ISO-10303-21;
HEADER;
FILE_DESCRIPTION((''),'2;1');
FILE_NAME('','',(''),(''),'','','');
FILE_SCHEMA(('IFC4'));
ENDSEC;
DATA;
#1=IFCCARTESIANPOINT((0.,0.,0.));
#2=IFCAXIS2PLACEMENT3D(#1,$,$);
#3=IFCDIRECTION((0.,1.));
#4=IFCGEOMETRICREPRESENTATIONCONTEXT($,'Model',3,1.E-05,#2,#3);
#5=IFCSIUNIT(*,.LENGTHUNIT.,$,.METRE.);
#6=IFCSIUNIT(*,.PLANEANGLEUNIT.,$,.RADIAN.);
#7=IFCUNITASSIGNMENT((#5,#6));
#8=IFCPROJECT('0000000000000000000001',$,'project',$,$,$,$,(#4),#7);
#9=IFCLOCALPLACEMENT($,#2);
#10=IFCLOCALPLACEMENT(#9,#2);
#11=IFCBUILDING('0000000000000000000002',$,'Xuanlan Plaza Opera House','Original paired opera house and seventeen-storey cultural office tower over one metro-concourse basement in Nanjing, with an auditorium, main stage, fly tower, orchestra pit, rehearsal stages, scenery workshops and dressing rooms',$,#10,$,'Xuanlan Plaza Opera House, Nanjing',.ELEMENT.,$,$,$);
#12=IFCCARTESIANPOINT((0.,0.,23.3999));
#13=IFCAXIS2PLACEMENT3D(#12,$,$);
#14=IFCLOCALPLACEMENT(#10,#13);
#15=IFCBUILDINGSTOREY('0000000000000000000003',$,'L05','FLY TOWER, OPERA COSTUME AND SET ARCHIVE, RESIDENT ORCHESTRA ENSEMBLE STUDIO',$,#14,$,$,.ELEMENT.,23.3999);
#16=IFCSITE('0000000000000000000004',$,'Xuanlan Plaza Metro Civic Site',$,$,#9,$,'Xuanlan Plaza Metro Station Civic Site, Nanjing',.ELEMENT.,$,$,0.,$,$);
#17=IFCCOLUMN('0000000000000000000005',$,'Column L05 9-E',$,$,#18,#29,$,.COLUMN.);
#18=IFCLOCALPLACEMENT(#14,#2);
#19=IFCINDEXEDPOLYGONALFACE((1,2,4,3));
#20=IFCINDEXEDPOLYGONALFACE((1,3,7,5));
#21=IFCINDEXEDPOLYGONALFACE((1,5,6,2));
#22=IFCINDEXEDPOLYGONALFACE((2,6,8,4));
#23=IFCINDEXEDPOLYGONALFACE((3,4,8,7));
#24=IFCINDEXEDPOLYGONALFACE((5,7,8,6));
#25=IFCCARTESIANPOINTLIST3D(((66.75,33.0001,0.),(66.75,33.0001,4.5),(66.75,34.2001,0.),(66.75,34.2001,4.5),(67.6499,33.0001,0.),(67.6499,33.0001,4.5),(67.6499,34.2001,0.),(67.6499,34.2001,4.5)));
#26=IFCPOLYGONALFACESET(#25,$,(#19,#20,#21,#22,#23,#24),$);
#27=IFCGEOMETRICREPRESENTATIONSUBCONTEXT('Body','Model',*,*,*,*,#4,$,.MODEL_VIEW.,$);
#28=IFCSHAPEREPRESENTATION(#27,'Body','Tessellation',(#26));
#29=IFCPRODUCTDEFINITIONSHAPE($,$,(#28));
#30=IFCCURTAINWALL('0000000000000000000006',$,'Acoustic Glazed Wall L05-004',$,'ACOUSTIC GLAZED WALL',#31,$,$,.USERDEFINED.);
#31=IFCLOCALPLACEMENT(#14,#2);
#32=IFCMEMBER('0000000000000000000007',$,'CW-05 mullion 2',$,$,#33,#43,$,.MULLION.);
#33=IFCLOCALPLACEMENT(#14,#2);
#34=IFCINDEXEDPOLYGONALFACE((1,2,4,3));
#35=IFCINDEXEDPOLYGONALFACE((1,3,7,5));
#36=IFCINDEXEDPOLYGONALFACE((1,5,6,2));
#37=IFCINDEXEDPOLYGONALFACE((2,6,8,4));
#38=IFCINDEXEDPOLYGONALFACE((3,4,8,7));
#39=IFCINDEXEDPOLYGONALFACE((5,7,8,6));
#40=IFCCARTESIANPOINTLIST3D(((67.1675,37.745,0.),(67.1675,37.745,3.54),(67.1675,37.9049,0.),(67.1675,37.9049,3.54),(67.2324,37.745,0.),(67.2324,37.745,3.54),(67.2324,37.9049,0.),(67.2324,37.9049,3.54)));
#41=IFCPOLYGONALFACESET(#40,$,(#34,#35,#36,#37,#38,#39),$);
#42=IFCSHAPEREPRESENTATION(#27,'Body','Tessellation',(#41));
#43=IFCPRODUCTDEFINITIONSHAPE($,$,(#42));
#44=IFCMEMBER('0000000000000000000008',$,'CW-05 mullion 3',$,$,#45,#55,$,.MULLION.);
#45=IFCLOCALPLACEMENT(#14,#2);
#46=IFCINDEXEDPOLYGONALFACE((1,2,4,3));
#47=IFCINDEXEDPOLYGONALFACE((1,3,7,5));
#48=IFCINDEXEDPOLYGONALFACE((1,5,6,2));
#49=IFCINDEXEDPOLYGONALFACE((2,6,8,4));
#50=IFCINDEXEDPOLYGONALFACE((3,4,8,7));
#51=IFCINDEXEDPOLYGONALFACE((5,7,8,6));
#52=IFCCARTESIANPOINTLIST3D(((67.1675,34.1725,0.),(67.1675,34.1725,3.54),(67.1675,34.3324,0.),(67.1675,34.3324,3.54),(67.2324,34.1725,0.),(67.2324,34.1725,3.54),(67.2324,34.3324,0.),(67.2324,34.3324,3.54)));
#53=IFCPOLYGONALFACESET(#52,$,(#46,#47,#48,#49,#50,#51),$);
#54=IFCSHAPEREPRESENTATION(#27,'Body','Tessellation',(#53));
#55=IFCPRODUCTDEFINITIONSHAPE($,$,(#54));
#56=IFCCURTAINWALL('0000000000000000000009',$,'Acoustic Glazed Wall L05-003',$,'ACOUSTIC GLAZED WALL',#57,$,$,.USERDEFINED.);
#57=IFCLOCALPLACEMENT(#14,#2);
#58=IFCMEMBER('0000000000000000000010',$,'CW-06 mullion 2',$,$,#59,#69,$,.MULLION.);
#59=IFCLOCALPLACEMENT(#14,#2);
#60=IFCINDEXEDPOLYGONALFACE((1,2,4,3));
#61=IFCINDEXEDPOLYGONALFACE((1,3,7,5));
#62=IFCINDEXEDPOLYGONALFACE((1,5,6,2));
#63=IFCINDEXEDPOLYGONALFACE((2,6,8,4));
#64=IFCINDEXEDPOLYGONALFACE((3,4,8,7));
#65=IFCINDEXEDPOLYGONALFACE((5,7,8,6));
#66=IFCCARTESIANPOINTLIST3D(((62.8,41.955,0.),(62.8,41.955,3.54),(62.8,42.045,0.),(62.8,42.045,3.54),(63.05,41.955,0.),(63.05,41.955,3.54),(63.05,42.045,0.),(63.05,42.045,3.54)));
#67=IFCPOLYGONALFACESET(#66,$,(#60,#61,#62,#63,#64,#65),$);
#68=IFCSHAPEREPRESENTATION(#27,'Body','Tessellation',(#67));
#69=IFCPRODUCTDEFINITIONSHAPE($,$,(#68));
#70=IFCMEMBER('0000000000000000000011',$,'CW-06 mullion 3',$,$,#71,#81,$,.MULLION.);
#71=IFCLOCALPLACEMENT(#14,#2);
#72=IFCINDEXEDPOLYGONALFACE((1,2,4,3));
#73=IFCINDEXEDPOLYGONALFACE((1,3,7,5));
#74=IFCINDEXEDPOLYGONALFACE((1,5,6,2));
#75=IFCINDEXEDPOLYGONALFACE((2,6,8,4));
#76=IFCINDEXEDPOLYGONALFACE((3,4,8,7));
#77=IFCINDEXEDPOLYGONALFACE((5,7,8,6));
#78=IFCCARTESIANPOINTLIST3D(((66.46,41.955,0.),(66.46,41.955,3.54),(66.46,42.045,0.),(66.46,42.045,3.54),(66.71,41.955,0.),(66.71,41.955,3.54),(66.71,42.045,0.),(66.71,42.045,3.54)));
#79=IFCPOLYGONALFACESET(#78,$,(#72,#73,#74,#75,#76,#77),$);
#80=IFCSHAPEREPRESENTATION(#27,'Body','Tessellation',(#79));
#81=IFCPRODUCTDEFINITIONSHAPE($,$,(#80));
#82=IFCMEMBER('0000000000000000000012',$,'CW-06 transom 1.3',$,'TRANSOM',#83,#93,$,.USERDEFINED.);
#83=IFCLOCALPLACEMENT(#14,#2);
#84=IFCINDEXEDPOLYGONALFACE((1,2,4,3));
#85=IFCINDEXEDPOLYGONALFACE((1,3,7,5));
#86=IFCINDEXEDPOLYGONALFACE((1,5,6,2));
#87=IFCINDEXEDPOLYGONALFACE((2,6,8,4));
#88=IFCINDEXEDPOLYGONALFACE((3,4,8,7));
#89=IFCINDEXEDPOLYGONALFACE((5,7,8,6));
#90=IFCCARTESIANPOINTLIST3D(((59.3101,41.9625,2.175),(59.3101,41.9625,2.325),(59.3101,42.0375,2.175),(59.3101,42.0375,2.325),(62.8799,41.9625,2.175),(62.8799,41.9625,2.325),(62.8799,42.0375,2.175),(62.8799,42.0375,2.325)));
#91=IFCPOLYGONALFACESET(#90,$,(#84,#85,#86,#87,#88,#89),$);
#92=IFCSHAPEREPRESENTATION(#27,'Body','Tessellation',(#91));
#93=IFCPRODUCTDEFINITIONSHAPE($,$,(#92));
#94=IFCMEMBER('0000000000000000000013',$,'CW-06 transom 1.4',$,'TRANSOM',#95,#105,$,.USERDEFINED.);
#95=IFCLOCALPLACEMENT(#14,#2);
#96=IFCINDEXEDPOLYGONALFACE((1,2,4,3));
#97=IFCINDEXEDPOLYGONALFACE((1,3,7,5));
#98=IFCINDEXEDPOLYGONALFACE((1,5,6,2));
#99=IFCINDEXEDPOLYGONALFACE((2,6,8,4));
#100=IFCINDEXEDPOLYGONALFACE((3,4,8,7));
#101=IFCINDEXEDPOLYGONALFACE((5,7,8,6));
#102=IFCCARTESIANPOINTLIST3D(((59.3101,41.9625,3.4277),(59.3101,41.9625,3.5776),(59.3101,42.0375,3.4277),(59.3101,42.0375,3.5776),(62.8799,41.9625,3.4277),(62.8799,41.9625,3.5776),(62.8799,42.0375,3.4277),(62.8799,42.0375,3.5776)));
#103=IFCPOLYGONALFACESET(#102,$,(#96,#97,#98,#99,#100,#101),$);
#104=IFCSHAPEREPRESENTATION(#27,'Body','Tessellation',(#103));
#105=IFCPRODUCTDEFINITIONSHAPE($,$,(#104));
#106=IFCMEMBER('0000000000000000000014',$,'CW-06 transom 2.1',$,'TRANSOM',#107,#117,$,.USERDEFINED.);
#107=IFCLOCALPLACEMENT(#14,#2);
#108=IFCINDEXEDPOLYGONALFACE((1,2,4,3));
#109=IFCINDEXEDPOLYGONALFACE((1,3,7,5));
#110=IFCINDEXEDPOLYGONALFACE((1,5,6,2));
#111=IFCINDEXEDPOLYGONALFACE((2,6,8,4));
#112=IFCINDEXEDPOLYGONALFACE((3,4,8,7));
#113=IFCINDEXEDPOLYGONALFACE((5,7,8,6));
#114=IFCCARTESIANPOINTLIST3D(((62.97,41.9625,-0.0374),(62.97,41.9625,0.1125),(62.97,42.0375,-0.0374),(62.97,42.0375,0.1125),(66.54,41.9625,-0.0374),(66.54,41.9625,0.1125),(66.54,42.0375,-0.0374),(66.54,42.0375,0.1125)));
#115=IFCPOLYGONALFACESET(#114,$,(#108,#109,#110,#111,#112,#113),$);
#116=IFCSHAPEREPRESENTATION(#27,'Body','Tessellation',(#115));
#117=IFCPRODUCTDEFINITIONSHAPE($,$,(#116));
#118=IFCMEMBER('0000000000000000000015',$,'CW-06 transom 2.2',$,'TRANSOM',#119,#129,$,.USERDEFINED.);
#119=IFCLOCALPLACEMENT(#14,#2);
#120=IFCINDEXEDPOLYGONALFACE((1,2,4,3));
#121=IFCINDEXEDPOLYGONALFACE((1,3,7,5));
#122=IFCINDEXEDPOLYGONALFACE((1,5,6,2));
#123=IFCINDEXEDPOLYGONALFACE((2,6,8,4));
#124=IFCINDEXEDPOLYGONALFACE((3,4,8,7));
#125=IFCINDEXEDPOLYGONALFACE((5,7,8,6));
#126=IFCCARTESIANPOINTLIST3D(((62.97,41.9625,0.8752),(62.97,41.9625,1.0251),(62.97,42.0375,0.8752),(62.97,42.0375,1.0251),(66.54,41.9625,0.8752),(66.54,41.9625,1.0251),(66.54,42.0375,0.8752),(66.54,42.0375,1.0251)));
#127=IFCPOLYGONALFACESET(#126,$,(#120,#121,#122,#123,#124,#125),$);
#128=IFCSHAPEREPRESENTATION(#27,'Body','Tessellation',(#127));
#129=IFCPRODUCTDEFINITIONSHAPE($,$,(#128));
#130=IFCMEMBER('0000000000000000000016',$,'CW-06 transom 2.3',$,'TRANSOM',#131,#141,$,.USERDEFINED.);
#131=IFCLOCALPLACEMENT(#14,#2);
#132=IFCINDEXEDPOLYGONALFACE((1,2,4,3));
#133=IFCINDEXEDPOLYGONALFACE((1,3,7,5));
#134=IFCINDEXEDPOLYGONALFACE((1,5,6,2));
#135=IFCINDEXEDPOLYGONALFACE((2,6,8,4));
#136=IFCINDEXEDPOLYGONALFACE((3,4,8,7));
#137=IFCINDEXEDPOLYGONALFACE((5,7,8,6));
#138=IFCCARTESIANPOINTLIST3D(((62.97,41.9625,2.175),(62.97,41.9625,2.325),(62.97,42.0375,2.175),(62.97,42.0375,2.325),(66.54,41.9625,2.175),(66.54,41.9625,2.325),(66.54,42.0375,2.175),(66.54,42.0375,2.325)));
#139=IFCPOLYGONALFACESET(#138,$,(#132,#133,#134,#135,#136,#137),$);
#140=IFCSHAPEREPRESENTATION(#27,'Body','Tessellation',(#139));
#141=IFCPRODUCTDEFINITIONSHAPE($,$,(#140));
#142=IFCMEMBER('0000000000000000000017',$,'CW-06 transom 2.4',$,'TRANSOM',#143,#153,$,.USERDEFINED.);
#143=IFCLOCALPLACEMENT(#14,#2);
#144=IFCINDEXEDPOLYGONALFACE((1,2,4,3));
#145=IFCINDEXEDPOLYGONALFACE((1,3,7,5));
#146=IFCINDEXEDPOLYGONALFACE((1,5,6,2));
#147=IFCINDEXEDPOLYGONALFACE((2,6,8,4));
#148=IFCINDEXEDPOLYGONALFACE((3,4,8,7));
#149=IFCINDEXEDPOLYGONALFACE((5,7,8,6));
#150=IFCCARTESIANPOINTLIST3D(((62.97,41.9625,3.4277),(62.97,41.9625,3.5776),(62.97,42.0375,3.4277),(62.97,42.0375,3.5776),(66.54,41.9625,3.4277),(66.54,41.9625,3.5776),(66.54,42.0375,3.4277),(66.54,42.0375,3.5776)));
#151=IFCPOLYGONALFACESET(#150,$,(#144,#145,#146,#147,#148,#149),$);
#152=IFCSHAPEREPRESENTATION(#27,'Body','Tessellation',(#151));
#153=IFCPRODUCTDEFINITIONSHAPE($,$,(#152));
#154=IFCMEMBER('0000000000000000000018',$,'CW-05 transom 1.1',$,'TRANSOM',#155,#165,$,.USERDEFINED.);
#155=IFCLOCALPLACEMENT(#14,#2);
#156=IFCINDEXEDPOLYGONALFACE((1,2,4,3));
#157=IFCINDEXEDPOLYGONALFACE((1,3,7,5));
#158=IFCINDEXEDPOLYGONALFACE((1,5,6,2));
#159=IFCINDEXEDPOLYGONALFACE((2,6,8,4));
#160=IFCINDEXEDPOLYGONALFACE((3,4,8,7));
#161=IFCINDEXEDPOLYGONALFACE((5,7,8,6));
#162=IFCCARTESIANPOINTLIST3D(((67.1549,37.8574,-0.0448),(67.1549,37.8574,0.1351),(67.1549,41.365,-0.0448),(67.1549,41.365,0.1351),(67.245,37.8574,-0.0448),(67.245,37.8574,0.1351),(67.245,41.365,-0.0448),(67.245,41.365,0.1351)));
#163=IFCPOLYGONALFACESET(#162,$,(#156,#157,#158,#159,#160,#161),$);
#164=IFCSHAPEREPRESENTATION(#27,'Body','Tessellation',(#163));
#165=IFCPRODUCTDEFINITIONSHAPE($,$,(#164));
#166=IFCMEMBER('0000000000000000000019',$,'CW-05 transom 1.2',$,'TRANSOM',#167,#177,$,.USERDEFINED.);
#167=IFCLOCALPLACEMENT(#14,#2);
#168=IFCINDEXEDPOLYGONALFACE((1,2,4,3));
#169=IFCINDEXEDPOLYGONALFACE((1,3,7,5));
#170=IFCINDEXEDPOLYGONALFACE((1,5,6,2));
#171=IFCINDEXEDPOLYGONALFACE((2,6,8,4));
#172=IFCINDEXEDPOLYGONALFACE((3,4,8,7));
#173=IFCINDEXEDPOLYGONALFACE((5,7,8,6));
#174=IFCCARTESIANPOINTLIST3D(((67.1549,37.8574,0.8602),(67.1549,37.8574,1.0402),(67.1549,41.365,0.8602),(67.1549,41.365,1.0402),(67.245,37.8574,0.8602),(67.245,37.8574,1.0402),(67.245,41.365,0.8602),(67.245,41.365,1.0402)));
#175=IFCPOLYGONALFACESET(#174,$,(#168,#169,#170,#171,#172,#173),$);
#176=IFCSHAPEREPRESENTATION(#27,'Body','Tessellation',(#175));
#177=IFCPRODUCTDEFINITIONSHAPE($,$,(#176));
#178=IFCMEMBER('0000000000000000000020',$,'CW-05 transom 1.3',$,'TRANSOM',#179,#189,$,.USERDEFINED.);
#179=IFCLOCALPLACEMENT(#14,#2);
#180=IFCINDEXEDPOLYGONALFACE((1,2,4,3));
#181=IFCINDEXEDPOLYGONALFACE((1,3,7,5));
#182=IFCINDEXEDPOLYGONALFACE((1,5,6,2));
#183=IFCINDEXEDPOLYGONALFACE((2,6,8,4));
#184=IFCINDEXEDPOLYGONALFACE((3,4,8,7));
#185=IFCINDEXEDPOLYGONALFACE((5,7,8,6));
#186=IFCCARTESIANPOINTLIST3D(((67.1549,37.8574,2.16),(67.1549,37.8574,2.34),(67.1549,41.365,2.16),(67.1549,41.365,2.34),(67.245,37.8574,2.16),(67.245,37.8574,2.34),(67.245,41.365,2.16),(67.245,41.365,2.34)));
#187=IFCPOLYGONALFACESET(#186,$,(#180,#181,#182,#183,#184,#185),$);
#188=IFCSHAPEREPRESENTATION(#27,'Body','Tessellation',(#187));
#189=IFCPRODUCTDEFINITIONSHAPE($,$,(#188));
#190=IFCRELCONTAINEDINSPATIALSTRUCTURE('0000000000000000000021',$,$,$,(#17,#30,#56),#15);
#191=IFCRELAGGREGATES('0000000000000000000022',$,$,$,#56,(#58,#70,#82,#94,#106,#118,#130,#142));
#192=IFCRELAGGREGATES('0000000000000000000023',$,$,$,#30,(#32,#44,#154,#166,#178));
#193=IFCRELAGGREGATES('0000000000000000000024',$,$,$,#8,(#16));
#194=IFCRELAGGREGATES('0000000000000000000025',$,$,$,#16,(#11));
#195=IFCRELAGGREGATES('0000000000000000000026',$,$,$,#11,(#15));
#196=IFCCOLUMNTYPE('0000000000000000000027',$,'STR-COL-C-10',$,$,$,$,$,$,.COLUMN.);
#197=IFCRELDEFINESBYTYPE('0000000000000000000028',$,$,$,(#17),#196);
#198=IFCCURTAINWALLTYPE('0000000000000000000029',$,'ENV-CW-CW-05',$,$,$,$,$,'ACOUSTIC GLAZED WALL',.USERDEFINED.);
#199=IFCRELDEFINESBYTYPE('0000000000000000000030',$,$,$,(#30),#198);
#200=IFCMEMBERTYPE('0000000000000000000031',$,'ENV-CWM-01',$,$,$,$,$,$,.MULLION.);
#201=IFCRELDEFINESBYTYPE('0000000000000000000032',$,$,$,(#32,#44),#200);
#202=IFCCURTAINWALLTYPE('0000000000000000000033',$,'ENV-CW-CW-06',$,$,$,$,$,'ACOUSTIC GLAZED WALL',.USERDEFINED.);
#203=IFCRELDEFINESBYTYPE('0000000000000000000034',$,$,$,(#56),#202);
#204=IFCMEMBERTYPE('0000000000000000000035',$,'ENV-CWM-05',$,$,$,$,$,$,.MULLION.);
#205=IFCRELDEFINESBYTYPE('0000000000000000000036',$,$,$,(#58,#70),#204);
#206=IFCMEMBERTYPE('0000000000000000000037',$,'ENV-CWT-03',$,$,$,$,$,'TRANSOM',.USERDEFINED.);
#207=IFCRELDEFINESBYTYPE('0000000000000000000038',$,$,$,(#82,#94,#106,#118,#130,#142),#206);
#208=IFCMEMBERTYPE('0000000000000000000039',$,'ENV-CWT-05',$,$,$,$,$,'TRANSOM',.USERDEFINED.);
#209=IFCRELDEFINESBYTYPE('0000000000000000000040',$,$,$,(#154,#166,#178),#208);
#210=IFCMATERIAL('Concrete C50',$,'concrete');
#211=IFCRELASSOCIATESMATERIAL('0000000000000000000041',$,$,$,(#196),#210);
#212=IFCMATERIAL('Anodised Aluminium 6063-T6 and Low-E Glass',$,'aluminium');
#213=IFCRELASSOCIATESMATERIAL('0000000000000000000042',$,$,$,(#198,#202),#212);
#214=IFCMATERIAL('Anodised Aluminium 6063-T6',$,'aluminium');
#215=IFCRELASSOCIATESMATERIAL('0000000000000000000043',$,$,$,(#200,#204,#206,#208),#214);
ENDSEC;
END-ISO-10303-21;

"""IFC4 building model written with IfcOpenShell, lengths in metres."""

from ifc_helpers import new_model, si_unit, direction, frame, origin, origin_2d, place, context, subcontext, project, spatial, rectangle, extrude, material, material_profile, profile_set, type_object, element, aggregate, save


model = new_model("IFC4")

# Units and contexts
model_context = context("Model", 3, precision=1e-05, world=origin(), true_north=direction((0.0, 1.0)))
body_context = subcontext(model_context, "Body", "Model", "MODEL_VIEW")
ifc_project = project(units=[si_unit("LENGTHUNIT", "METRE"), si_unit("PLANEANGLEUNIT", "RADIAN")], contexts=[model_context])

# Site, building, storey
site_placement = place(None, origin())
site = spatial("IfcSite", under=ifc_project, at=site_placement, Name="Xuanlan Plaza Metro Civic Site", LongName="Xuanlan Plaza Metro Station Civic Site, Nanjing", CompositionType="ELEMENT", RefElevation=0.0)
building_placement = place(site_placement, origin())
building = spatial("IfcBuilding", under=site, at=building_placement, Name="Xuanlan Plaza Opera House", Description="Original paired opera house and seventeen-storey cultural office tower over one metro-concourse basement in Nanjing, with an auditorium, main stage, fly tower, orchestra pit, rehearsal stages, scenery workshops and dressing rooms", LongName="Xuanlan Plaza Opera House, Nanjing", CompositionType="ELEMENT")
storey_placement = place(building_placement, frame((0.0, 0.0, 23.3999)))
storey = spatial("IfcBuildingStorey", under=building, at=storey_placement, Name="L05", Description="FLY TOWER, OPERA COSTUME AND SET ARCHIVE, RESIDENT ORCHESTRA ENSEMBLE STUDIO", CompositionType="ELEMENT", Elevation=23.3999)

# Column
ifc_material_1 = material(Name="Concrete C50", Category="concrete")
ifc_material_profile_1 = material_profile(ifc_material_1, rectangle(XDim=0.8999, YDim=1.2, at=origin_2d()), Name="RC-COL 900x1200")
ifc_profile_set_1 = profile_set([ifc_material_profile_1], Name="Concrete C50")
column_type = type_object("IfcColumnType", Name="STR-COL-C-10", PredefinedType="COLUMN", material=ifc_profile_set_1)
column_placement = place(storey_placement, frame((67.2, 33.6001, 0.0), z_axis=(0.0, 0.0, 1.0), x_axis=(1.0, 0.0, 0.0)))
element("IfcColumn", 1, at=column_placement, inside=storey, type_object=column_type, Name="Column L05 9-E", PredefinedType="COLUMN", context=body_context, shape_type="SweptSolid", body=[
    extrude(rectangle(XDim=0.8999, YDim=1.2, at=origin_2d()), origin(), (0.0, 0.0, 1.0), 4.5),
])

# Curtain walls, members
ifc_material_2 = material(Name="Anodised Aluminium 6063-T6 and Low-E Glass", Category="aluminium")
curtain_wall_type_1 = type_object("IfcCurtainWallType", Name="ENV-CW-CW-05", ElementType="ACOUSTIC GLAZED WALL", PredefinedType="USERDEFINED", material=ifc_material_2)
curtain_wall_1_placement = place(storey_placement, origin())
curtain_wall_1 = element("IfcCurtainWall", 2, at=curtain_wall_1_placement, inside=storey, type_object=curtain_wall_type_1, Name="Acoustic Glazed Wall L05-004", ObjectType="ACOUSTIC GLAZED WALL", PredefinedType="USERDEFINED")
ifc_material_3 = material(Name="Anodised Aluminium 6063-T6", Category="aluminium")
ifc_material_profile_2 = material_profile(ifc_material_3, rectangle(XDim=0.0649, YDim=0.1599, at=origin_2d()), Name="ALU-M 65x160")
ifc_profile_set_2 = profile_set([ifc_material_profile_2], Name="Anodised Aluminium 6063-T6")
member_type_1 = type_object("IfcMemberType", Name="ENV-CWM-01", PredefinedType="MULLION", material=ifc_profile_set_2)
member_1_placement = place(storey_placement, frame((67.2, 37.825, 0.0), z_axis=(0.0, 0.0, 1.0), x_axis=(1.0, 0.0, 0.0)))
member_1 = element("IfcMember", 3, at=member_1_placement, type_object=member_type_1, Name="CW-05 mullion 2", PredefinedType="MULLION", context=body_context, shape_type="SweptSolid", body=[
    extrude(rectangle(XDim=0.0649, YDim=0.1599, at=origin_2d()), origin(), (0.0, 0.0, 1.0), 3.54),
])
member_2_placement = place(storey_placement, frame((67.2, 34.2524, 0.0), z_axis=(0.0, 0.0, 1.0), x_axis=(1.0, 0.0, 0.0)))
member_2 = element("IfcMember", 4, at=member_2_placement, type_object=member_type_1, Name="CW-05 mullion 3", PredefinedType="MULLION", context=body_context, shape_type="SweptSolid", body=[
    extrude(rectangle(XDim=0.0649, YDim=0.1599, at=origin_2d()), origin(), (0.0, 0.0, 1.0), 3.54),
])
curtain_wall_type_2 = type_object("IfcCurtainWallType", Name="ENV-CW-CW-06", ElementType="ACOUSTIC GLAZED WALL", PredefinedType="USERDEFINED", material=ifc_material_2)
curtain_wall_2_placement = place(storey_placement, origin())
curtain_wall_2 = element("IfcCurtainWall", 5, at=curtain_wall_2_placement, inside=storey, type_object=curtain_wall_type_2, Name="Acoustic Glazed Wall L05-003", ObjectType="ACOUSTIC GLAZED WALL", PredefinedType="USERDEFINED")
ifc_material_profile_3 = material_profile(ifc_material_3, rectangle(XDim=0.0901, YDim=0.25, at=origin_2d()), Name="ALU-M 90x250")
ifc_profile_set_3 = profile_set([ifc_material_profile_3], Name="Anodised Aluminium 6063-T6")
member_type_2 = type_object("IfcMemberType", Name="ENV-CWM-05", PredefinedType="MULLION", material=ifc_profile_set_3)
member_3_placement = place(storey_placement, frame((62.925, 42.0, 0.0), z_axis=(0.0, 0.0, 1.0), x_axis=(0.0, 1.0, 0.0)))
member_3 = element("IfcMember", 6, at=member_3_placement, type_object=member_type_2, Name="CW-06 mullion 2", PredefinedType="MULLION", context=body_context, shape_type="SweptSolid", body=[
    extrude(rectangle(XDim=0.0901, YDim=0.25, at=origin_2d()), origin(), (0.0, 0.0, 1.0), 3.54),
])
member_4_placement = place(storey_placement, frame((66.585, 42.0, 0.0), z_axis=(0.0, 0.0, 1.0), x_axis=(0.0, 1.0, 0.0)))
member_4 = element("IfcMember", 7, at=member_4_placement, type_object=member_type_2, Name="CW-06 mullion 3", PredefinedType="MULLION", context=body_context, shape_type="SweptSolid", body=[
    extrude(rectangle(XDim=0.0901, YDim=0.25, at=origin_2d()), origin(), (0.0, 0.0, 1.0), 3.54),
])
ifc_material_profile_4 = material_profile(ifc_material_3, rectangle(XDim=0.075, YDim=0.1499, at=origin_2d()), Name="ALU-T 75x150")
ifc_profile_set_4 = profile_set([ifc_material_profile_4], Name="Anodised Aluminium 6063-T6")
member_type_3 = type_object("IfcMemberType", Name="ENV-CWT-03", ElementType="TRANSOM", PredefinedType="USERDEFINED", material=ifc_profile_set_4)
member_5_placement = place(storey_placement, frame((59.3101, 42.0, 2.25), z_axis=(1.0, 0.0, 0.0), x_axis=(0.0, 1.0, 0.0)))
member_5 = element("IfcMember", 8, at=member_5_placement, type_object=member_type_3, Name="CW-06 transom 1.3", ObjectType="TRANSOM", PredefinedType="USERDEFINED", context=body_context, shape_type="SweptSolid", body=[
    extrude(rectangle(XDim=0.075, YDim=0.1499, at=origin_2d()), origin(), (0.0, 0.0, 1.0), 3.5698),
])
member_6_placement = place(storey_placement, frame((59.3101, 42.0, 3.5027), z_axis=(1.0, 0.0, 0.0), x_axis=(0.0, 1.0, 0.0)))
member_6 = element("IfcMember", 9, at=member_6_placement, type_object=member_type_3, Name="CW-06 transom 1.4", ObjectType="TRANSOM", PredefinedType="USERDEFINED", context=body_context, shape_type="SweptSolid", body=[
    extrude(rectangle(XDim=0.075, YDim=0.1499, at=origin_2d()), origin(), (0.0, 0.0, 1.0), 3.5698),
])
member_7_placement = place(storey_placement, frame((62.97, 42.0, 0.0376), z_axis=(1.0, 0.0, 0.0), x_axis=(0.0, 1.0, 0.0)))
member_7 = element("IfcMember", 10, at=member_7_placement, type_object=member_type_3, Name="CW-06 transom 2.1", ObjectType="TRANSOM", PredefinedType="USERDEFINED", context=body_context, shape_type="SweptSolid", body=[
    extrude(rectangle(XDim=0.075, YDim=0.1499, at=origin_2d()), origin(), (0.0, 0.0, 1.0), 3.5701),
])
member_8_placement = place(storey_placement, frame((62.97, 42.0, 0.9502), z_axis=(1.0, 0.0, 0.0), x_axis=(0.0, 1.0, 0.0)))
member_8 = element("IfcMember", 11, at=member_8_placement, type_object=member_type_3, Name="CW-06 transom 2.2", ObjectType="TRANSOM", PredefinedType="USERDEFINED", context=body_context, shape_type="SweptSolid", body=[
    extrude(rectangle(XDim=0.075, YDim=0.1499, at=origin_2d()), origin(), (0.0, 0.0, 1.0), 3.5701),
])
member_9_placement = place(storey_placement, frame((62.97, 42.0, 2.25), z_axis=(1.0, 0.0, 0.0), x_axis=(0.0, 1.0, 0.0)))
member_9 = element("IfcMember", 12, at=member_9_placement, type_object=member_type_3, Name="CW-06 transom 2.3", ObjectType="TRANSOM", PredefinedType="USERDEFINED", context=body_context, shape_type="SweptSolid", body=[
    extrude(rectangle(XDim=0.075, YDim=0.1499, at=origin_2d()), origin(), (0.0, 0.0, 1.0), 3.5701),
])
member_10_placement = place(storey_placement, frame((62.97, 42.0, 3.5027), z_axis=(1.0, 0.0, 0.0), x_axis=(0.0, 1.0, 0.0)))
member_10 = element("IfcMember", 13, at=member_10_placement, type_object=member_type_3, Name="CW-06 transom 2.4", ObjectType="TRANSOM", PredefinedType="USERDEFINED", context=body_context, shape_type="SweptSolid", body=[
    extrude(rectangle(XDim=0.075, YDim=0.1499, at=origin_2d()), origin(), (0.0, 0.0, 1.0), 3.5701),
])

# Members
ifc_material_profile_5 = material_profile(ifc_material_3, rectangle(XDim=0.0901, YDim=0.1799, at=origin_2d()), Name="ALU-T 90x180")
ifc_profile_set_5 = profile_set([ifc_material_profile_5], Name="Anodised Aluminium 6063-T6")
member_type_4 = type_object("IfcMemberType", Name="ENV-CWT-05", ElementType="TRANSOM", PredefinedType="USERDEFINED", material=ifc_profile_set_5)
member_11_placement = place(storey_placement, frame((67.2, 41.365, 0.0452), z_axis=(0.0, -1.0, 0.0), x_axis=(1.0, 0.0, 0.0)))
member_11 = element("IfcMember", 14, at=member_11_placement, type_object=member_type_4, Name="CW-05 transom 1.1", ObjectType="TRANSOM", PredefinedType="USERDEFINED", context=body_context, shape_type="SweptSolid", body=[
    extrude(rectangle(XDim=0.0901, YDim=0.1799, at=origin_2d()), origin(), (0.0, 0.0, 1.0), 3.5076),
])
member_12_placement = place(storey_placement, frame((67.2, 41.365, 0.9502), z_axis=(0.0, -1.0, 0.0), x_axis=(1.0, 0.0, 0.0)))
member_12 = element("IfcMember", 15, at=member_12_placement, type_object=member_type_4, Name="CW-05 transom 1.2", ObjectType="TRANSOM", PredefinedType="USERDEFINED", context=body_context, shape_type="SweptSolid", body=[
    extrude(rectangle(XDim=0.0901, YDim=0.1799, at=origin_2d()), origin(), (0.0, 0.0, 1.0), 3.5076),
])
member_13_placement = place(storey_placement, frame((67.2, 41.365, 2.25), z_axis=(0.0, -1.0, 0.0), x_axis=(1.0, 0.0, 0.0)))
member_13 = element("IfcMember", 16, at=member_13_placement, type_object=member_type_4, Name="CW-05 transom 1.3", ObjectType="TRANSOM", PredefinedType="USERDEFINED", context=body_context, shape_type="SweptSolid", body=[
    extrude(rectangle(XDim=0.0901, YDim=0.1799, at=origin_2d()), origin(), (0.0, 0.0, 1.0), 3.5076),
])

aggregate(curtain_wall_2, [member_3, member_4, member_5, member_6, member_7, member_8, member_9, member_10])
aggregate(curtain_wall_1, [member_1, member_2, member_11, member_12, member_13])

save(model, "model.ifc")
